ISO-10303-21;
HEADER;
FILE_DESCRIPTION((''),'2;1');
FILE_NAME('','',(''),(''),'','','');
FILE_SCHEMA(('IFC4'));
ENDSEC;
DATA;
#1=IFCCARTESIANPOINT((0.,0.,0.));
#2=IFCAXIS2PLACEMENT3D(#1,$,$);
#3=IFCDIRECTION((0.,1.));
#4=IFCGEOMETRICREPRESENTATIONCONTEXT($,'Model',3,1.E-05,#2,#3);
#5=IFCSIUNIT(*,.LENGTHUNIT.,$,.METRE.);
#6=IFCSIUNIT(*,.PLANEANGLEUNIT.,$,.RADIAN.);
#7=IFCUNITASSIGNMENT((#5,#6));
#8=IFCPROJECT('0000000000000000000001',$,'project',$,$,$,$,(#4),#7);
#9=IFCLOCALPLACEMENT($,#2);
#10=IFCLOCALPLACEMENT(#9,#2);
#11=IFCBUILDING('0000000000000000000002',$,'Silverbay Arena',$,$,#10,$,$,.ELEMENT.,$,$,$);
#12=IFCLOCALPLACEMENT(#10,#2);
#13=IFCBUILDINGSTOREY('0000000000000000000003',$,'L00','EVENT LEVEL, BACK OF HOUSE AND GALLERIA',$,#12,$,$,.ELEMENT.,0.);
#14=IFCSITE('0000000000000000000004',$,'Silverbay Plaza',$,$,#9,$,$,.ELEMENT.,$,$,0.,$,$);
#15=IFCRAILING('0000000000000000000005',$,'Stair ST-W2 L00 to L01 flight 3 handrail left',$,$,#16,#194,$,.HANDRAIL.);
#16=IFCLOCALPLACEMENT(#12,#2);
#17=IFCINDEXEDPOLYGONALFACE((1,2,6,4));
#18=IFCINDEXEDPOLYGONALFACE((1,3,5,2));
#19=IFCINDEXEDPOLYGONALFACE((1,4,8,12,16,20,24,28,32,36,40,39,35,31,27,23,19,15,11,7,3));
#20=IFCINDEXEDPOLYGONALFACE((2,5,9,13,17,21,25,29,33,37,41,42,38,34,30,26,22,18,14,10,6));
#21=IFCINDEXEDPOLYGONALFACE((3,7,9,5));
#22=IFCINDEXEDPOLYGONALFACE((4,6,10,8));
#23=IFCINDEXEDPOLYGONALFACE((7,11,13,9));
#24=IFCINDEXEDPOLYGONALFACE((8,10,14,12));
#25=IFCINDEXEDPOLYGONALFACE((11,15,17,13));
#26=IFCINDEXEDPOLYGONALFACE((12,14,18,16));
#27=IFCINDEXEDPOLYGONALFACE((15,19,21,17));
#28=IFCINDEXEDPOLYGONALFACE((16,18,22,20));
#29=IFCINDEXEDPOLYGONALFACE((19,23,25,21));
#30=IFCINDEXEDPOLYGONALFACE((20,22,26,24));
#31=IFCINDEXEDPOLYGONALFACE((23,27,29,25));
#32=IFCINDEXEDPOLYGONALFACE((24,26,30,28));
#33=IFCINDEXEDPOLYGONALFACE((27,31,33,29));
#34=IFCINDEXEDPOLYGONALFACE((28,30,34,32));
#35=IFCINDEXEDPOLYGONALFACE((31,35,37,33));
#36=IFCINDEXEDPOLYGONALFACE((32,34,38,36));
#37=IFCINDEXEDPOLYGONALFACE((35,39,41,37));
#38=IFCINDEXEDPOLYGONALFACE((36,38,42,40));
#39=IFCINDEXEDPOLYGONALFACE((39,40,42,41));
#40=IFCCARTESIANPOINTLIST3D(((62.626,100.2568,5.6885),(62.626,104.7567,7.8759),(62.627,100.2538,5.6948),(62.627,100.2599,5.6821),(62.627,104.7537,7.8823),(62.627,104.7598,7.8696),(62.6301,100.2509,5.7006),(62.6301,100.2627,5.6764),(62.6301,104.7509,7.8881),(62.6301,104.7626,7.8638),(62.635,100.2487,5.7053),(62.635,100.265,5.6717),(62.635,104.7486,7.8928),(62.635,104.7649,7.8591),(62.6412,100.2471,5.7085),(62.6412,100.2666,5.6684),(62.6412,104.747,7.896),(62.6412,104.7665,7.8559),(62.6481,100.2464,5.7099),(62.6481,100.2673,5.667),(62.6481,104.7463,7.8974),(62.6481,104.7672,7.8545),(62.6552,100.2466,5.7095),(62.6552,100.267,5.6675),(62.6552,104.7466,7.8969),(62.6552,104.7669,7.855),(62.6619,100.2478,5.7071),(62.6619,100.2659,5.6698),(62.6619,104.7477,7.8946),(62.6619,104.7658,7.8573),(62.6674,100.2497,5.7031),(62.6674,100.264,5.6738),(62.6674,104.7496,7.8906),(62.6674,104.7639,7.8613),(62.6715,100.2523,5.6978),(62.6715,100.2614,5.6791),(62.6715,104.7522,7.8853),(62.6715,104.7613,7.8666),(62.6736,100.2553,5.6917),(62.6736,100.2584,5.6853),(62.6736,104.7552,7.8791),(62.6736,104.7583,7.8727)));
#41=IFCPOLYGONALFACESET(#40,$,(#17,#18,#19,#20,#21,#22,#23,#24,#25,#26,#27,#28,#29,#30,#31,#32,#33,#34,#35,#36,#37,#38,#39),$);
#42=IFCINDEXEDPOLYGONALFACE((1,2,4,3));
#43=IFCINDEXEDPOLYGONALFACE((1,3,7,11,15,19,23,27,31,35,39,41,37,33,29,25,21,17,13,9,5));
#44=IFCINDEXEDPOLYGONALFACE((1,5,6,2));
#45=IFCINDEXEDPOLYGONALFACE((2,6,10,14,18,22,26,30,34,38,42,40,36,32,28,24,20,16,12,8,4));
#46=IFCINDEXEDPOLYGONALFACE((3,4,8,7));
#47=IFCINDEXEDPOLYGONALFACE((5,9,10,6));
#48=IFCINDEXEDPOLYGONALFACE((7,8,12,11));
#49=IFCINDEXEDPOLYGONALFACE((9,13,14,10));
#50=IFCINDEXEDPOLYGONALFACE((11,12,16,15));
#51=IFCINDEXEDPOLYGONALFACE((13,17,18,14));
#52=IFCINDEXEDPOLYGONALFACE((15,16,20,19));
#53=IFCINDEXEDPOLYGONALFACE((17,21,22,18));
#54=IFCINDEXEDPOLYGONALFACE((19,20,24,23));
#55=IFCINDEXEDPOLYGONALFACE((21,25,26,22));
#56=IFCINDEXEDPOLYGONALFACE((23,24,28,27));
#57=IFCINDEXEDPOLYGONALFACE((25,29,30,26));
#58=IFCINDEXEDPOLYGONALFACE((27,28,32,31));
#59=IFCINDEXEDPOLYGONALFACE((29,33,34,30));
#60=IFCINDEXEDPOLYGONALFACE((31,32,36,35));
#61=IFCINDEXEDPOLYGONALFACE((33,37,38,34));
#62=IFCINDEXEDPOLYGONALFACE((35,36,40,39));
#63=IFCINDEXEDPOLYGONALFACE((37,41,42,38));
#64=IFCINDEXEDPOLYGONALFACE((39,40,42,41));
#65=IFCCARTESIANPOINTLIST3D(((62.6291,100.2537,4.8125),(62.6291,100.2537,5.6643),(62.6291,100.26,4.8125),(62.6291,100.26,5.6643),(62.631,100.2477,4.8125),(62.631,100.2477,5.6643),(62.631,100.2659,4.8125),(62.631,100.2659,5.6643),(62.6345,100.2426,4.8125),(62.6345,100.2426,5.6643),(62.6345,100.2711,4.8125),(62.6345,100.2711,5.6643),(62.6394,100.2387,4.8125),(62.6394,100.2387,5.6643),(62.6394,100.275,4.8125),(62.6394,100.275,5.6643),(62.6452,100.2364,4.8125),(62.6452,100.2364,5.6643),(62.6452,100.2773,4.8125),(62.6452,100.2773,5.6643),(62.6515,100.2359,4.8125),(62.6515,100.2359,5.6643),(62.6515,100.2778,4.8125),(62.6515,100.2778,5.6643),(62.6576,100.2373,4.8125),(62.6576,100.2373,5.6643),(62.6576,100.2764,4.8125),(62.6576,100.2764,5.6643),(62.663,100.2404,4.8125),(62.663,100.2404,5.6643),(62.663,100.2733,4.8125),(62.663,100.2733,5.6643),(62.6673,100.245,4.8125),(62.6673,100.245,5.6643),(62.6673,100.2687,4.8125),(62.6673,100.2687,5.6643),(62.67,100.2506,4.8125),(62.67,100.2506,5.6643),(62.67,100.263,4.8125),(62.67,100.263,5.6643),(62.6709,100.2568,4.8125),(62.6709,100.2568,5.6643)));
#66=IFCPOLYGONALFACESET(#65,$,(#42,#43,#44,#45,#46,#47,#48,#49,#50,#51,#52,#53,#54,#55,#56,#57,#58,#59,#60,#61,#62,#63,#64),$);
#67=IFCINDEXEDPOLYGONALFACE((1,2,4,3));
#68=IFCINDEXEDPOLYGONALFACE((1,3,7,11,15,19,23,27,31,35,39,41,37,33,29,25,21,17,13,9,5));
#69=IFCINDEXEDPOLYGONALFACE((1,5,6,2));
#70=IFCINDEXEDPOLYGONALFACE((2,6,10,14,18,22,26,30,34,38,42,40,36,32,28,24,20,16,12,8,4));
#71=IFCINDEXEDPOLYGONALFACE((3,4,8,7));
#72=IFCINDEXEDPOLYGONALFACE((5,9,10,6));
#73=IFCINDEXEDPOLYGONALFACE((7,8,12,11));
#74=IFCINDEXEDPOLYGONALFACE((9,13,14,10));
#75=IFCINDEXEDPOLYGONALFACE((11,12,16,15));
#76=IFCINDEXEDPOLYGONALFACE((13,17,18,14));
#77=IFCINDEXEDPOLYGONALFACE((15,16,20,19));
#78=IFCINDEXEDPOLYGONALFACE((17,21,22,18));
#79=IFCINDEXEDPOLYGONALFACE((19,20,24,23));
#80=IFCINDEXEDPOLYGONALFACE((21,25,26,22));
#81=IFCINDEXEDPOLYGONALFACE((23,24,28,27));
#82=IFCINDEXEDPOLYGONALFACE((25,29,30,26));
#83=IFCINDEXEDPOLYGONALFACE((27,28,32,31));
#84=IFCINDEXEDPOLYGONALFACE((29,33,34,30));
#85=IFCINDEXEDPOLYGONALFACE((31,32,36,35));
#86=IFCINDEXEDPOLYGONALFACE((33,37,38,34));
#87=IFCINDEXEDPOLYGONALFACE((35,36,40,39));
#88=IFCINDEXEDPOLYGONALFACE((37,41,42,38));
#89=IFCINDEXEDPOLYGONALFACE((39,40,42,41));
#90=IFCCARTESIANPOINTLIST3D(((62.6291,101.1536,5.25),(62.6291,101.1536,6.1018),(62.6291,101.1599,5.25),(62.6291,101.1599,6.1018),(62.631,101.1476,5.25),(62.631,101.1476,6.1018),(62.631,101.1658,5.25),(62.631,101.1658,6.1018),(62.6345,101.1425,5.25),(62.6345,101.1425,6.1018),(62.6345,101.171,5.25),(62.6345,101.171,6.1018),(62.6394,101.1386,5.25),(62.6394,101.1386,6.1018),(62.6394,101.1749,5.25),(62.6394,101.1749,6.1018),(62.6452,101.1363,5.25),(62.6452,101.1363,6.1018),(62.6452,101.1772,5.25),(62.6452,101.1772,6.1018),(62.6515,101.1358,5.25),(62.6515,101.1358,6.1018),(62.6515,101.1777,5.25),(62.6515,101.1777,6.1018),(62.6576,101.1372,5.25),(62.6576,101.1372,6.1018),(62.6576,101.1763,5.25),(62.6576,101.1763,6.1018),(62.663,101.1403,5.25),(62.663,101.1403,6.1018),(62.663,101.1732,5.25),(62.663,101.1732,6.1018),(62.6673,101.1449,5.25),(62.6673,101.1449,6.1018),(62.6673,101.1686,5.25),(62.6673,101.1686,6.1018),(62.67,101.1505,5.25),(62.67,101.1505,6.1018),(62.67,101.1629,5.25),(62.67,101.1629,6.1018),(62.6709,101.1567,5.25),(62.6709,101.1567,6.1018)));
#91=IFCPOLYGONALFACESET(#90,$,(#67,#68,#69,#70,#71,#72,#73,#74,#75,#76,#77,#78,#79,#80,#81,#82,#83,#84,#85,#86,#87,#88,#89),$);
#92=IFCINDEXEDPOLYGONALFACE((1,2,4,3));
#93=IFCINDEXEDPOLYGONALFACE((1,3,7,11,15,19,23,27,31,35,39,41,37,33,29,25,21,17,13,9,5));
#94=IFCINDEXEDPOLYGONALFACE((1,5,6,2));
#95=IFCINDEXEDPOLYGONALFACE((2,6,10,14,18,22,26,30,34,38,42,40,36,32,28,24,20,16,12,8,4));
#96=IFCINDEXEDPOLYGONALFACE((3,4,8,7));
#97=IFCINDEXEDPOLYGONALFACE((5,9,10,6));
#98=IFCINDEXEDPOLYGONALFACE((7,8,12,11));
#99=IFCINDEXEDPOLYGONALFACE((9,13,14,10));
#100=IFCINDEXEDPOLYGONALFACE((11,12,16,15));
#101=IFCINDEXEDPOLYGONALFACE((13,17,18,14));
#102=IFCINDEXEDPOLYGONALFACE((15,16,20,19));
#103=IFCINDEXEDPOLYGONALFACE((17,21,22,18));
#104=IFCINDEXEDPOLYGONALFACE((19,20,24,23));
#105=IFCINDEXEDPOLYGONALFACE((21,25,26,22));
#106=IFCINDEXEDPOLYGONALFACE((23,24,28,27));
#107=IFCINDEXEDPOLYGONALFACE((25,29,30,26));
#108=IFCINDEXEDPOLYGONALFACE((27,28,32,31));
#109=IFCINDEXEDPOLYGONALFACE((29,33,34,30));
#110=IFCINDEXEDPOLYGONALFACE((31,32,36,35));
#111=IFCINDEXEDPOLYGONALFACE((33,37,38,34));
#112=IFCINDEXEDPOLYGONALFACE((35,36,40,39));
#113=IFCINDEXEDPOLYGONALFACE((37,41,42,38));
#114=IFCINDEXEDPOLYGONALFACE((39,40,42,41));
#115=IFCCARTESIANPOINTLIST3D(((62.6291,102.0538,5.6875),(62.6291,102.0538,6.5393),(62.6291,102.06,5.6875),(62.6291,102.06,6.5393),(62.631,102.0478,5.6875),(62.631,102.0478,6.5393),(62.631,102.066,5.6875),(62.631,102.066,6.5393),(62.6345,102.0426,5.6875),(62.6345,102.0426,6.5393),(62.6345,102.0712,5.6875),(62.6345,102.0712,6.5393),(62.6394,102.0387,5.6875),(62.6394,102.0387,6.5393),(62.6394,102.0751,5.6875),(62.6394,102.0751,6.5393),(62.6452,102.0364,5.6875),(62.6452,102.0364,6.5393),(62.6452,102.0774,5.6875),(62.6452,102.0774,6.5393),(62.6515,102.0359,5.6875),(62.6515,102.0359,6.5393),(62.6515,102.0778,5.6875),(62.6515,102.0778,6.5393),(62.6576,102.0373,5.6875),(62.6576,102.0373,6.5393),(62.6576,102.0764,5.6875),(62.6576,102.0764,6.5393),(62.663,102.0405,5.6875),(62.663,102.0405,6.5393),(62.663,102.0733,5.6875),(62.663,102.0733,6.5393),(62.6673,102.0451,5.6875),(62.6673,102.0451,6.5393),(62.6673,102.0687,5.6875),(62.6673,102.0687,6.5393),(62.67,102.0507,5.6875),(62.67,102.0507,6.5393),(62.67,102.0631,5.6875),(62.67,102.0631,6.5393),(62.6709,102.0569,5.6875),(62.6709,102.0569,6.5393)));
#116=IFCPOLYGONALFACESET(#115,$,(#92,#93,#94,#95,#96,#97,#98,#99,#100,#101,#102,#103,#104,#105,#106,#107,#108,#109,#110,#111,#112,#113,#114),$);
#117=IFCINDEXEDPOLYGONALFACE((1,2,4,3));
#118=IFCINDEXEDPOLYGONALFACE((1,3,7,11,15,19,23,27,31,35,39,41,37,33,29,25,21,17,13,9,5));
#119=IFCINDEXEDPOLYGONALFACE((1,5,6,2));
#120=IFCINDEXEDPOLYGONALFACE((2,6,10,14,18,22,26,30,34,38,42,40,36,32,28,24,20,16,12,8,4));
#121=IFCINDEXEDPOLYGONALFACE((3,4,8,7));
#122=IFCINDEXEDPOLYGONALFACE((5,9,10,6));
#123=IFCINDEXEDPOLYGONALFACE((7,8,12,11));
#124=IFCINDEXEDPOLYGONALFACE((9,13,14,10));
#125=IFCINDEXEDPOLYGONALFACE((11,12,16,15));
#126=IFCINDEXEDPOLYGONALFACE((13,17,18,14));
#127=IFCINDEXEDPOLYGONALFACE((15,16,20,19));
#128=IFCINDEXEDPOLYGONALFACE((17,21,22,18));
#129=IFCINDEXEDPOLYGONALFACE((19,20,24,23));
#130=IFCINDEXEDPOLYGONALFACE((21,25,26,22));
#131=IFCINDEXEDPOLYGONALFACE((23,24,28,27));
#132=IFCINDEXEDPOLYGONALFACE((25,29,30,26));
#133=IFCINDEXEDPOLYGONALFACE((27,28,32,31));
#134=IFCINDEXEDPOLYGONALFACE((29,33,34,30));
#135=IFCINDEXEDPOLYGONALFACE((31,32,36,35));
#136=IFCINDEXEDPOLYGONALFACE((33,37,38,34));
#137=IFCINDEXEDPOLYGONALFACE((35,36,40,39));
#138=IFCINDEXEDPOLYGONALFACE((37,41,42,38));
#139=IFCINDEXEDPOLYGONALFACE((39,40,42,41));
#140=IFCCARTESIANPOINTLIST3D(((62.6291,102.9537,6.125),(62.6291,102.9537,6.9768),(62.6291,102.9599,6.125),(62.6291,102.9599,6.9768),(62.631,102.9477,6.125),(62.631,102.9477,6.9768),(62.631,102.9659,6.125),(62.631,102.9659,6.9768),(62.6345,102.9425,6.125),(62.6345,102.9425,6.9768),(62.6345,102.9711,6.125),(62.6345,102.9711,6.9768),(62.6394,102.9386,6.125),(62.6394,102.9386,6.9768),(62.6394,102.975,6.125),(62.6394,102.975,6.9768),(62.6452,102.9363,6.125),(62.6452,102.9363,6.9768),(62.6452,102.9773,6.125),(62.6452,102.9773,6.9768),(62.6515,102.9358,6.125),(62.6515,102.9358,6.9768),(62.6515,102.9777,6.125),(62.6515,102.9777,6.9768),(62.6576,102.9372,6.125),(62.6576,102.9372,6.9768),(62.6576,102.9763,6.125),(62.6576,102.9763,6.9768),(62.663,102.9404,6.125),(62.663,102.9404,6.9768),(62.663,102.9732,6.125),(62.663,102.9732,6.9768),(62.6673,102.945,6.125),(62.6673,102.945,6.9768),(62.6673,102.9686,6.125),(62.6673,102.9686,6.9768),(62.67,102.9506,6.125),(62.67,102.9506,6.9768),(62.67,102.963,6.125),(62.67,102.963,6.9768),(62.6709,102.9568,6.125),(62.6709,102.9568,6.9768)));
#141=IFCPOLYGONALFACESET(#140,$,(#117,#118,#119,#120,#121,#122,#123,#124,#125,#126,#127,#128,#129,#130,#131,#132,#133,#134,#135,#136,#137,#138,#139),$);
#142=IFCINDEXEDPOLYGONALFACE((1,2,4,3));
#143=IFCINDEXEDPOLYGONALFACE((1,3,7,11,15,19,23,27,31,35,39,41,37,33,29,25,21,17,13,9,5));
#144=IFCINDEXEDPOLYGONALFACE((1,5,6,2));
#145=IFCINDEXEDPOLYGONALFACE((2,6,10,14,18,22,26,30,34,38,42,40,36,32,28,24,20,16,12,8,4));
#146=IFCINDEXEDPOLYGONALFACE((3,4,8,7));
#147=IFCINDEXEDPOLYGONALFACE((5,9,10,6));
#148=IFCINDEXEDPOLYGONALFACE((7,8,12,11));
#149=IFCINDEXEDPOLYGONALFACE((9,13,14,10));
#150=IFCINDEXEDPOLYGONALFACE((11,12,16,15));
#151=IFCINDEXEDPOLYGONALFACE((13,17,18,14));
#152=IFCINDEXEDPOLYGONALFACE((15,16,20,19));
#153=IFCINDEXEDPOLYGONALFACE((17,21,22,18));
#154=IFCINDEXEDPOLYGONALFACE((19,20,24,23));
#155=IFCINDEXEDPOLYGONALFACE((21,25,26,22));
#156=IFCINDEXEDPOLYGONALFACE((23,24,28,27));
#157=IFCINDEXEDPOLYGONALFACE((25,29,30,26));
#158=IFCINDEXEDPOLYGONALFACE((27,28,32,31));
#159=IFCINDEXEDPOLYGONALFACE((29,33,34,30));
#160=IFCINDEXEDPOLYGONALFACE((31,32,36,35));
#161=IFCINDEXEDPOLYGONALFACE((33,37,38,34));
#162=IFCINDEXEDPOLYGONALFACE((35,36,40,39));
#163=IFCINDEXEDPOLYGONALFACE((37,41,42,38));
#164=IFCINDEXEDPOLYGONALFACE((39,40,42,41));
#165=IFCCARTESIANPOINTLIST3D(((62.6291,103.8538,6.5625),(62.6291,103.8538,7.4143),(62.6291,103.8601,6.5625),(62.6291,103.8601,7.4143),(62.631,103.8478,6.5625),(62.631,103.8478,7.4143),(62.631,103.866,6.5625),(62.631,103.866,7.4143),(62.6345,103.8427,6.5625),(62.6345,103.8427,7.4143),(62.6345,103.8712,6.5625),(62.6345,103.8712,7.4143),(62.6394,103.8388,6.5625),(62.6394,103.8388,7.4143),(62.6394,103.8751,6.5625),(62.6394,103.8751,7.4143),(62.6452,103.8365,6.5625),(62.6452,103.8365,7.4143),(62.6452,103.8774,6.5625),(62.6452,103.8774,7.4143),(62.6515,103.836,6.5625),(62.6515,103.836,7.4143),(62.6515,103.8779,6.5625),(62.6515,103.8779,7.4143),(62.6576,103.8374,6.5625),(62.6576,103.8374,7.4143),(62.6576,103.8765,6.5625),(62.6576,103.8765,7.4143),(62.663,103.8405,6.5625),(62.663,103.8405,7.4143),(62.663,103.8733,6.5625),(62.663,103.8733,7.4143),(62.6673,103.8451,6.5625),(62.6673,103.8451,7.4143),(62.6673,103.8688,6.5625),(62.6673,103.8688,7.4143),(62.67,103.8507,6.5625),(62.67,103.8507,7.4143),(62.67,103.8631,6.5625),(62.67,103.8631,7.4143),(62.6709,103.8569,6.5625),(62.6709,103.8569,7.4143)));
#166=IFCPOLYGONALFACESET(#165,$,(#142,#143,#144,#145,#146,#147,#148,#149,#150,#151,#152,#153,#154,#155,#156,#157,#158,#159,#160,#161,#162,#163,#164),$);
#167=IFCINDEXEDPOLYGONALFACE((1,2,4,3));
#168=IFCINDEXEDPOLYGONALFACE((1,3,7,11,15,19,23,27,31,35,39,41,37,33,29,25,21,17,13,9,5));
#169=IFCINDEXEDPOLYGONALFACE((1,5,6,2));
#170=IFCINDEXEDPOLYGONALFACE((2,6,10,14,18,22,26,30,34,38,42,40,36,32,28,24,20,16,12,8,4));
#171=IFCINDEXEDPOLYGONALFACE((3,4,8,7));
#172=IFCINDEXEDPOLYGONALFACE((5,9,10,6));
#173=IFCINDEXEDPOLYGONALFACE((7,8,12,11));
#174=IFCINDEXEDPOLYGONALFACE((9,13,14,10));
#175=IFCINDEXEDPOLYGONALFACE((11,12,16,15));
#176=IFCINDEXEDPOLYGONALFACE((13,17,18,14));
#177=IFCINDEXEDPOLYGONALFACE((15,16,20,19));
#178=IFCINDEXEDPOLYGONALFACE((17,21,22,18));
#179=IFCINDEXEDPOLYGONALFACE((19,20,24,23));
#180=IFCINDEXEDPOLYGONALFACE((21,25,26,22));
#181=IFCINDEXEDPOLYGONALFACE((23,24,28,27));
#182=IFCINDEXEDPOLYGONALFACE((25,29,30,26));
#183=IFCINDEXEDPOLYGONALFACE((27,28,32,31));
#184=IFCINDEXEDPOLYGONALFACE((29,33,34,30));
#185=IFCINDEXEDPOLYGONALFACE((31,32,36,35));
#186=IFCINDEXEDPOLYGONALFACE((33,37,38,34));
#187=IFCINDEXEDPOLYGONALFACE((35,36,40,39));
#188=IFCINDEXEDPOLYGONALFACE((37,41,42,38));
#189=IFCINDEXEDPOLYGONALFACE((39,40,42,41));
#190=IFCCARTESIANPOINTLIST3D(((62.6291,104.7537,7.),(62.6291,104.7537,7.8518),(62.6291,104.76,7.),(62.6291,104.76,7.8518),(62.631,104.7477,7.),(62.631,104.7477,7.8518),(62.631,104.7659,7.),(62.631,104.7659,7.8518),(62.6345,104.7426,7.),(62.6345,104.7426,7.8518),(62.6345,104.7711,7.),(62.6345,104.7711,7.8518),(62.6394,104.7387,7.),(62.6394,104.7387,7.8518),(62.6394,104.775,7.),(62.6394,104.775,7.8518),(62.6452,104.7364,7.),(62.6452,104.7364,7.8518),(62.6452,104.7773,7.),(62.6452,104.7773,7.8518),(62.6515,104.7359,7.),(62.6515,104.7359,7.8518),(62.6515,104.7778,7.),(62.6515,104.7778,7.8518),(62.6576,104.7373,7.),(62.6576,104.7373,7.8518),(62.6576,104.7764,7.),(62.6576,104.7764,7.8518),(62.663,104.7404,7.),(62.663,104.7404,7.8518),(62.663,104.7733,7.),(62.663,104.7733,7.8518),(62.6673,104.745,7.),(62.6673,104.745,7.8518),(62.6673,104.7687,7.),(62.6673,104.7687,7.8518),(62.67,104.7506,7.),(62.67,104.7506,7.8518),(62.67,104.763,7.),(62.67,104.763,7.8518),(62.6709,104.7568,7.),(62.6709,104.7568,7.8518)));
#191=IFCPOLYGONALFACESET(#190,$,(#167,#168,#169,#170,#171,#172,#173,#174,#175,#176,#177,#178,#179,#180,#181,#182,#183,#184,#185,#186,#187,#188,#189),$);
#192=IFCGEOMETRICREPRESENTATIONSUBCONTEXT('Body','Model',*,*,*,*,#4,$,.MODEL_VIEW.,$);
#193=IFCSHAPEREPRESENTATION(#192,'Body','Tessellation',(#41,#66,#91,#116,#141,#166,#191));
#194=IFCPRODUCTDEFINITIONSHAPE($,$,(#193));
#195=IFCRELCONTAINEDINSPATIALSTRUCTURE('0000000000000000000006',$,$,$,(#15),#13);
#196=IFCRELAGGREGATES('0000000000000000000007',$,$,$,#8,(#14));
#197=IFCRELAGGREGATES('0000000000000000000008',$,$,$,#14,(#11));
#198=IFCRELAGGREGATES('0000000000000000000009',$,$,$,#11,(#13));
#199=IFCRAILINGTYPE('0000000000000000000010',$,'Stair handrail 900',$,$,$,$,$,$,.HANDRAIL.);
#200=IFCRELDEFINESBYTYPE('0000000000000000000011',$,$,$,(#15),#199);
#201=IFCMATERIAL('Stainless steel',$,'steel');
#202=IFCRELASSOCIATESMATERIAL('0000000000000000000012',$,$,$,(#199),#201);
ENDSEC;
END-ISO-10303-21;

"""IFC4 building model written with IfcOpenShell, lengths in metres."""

from ifc_helpers import new_model, si_unit, direction, frame, origin, origin_2d, place, context, subcontext, project, spatial, circle, extrude, material, type_object, element, save


model = new_model("IFC4")

# Units and contexts
model_context = context("Model", 3, precision=1e-05, world=origin(), true_north=direction((0.0, 1.0)))
body_context = subcontext(model_context, "Body", "Model", "MODEL_VIEW")
ifc_project = project(units=[si_unit("LENGTHUNIT", "METRE"), si_unit("PLANEANGLEUNIT", "RADIAN")], contexts=[model_context])

# Site, building, storey
site_placement = place(None, origin())
site = spatial("IfcSite", under=ifc_project, at=site_placement, Name="Silverbay Plaza", CompositionType="ELEMENT", RefElevation=0.0)
building_placement = place(site_placement, origin())
building = spatial("IfcBuilding", under=site, at=building_placement, Name="Silverbay Arena", CompositionType="ELEMENT")
storey_placement = place(building_placement, origin())
storey = spatial("IfcBuildingStorey", under=building, at=storey_placement, Name="L00", Description="EVENT LEVEL, BACK OF HOUSE AND GALLERIA", CompositionType="ELEMENT", Elevation=0.0)

# Railing
ifc_material_1 = material(Name="Stainless steel", Category="steel")
railing_type_1 = type_object("IfcRailingType", Name="Stair handrail 900", PredefinedType="HANDRAIL", material=ifc_material_1)
for number, where, name in (
    (1, (62.6499, 100.2568, 4.8125), "Stair ST-W2 L00 to L01 flight 3 handrail left"),
):
    element("IfcRailing", number, at=place(storey_placement, frame(where)), inside=storey, type_object=railing_type_1, Name=name, PredefinedType="HANDRAIL", context=body_context, shape_type="SweptSolid", body=[
        extrude(circle(Radius=0.0239, at=origin_2d()), frame((0.0, 0.0, 0.876), z_axis=(0.0, 0.899368, 0.437193), x_axis=(-1.0, 0.0, 0.0)), (0.0, 0.0, 1.0), 5.0034),
        extrude(circle(Radius=0.021, at=origin_2d()), origin(), (0.0, 0.0, 1.0), 0.8518),
        extrude(circle(Radius=0.021, at=origin_2d()), frame((0.0, 0.8999, 0.4375)), (0.0, 0.0, 1.0), 0.8518),
        extrude(circle(Radius=0.021, at=origin_2d()), frame((0.0, 1.8, 0.875)), (0.0, 0.0, 1.0), 0.8518),
        extrude(circle(Radius=0.021, at=origin_2d()), frame((0.0, 2.7, 1.3125)), (0.0, 0.0, 1.0), 0.8518),
        extrude(circle(Radius=0.021, at=origin_2d()), frame((0.0, 3.6001, 1.75)), (0.0, 0.0, 1.0), 0.8518),
        extrude(circle(Radius=0.021, at=origin_2d()), frame((0.0, 4.5, 2.1875)), (0.0, 0.0, 1.0), 0.8518),
    ])

save(model, "model.ifc")
